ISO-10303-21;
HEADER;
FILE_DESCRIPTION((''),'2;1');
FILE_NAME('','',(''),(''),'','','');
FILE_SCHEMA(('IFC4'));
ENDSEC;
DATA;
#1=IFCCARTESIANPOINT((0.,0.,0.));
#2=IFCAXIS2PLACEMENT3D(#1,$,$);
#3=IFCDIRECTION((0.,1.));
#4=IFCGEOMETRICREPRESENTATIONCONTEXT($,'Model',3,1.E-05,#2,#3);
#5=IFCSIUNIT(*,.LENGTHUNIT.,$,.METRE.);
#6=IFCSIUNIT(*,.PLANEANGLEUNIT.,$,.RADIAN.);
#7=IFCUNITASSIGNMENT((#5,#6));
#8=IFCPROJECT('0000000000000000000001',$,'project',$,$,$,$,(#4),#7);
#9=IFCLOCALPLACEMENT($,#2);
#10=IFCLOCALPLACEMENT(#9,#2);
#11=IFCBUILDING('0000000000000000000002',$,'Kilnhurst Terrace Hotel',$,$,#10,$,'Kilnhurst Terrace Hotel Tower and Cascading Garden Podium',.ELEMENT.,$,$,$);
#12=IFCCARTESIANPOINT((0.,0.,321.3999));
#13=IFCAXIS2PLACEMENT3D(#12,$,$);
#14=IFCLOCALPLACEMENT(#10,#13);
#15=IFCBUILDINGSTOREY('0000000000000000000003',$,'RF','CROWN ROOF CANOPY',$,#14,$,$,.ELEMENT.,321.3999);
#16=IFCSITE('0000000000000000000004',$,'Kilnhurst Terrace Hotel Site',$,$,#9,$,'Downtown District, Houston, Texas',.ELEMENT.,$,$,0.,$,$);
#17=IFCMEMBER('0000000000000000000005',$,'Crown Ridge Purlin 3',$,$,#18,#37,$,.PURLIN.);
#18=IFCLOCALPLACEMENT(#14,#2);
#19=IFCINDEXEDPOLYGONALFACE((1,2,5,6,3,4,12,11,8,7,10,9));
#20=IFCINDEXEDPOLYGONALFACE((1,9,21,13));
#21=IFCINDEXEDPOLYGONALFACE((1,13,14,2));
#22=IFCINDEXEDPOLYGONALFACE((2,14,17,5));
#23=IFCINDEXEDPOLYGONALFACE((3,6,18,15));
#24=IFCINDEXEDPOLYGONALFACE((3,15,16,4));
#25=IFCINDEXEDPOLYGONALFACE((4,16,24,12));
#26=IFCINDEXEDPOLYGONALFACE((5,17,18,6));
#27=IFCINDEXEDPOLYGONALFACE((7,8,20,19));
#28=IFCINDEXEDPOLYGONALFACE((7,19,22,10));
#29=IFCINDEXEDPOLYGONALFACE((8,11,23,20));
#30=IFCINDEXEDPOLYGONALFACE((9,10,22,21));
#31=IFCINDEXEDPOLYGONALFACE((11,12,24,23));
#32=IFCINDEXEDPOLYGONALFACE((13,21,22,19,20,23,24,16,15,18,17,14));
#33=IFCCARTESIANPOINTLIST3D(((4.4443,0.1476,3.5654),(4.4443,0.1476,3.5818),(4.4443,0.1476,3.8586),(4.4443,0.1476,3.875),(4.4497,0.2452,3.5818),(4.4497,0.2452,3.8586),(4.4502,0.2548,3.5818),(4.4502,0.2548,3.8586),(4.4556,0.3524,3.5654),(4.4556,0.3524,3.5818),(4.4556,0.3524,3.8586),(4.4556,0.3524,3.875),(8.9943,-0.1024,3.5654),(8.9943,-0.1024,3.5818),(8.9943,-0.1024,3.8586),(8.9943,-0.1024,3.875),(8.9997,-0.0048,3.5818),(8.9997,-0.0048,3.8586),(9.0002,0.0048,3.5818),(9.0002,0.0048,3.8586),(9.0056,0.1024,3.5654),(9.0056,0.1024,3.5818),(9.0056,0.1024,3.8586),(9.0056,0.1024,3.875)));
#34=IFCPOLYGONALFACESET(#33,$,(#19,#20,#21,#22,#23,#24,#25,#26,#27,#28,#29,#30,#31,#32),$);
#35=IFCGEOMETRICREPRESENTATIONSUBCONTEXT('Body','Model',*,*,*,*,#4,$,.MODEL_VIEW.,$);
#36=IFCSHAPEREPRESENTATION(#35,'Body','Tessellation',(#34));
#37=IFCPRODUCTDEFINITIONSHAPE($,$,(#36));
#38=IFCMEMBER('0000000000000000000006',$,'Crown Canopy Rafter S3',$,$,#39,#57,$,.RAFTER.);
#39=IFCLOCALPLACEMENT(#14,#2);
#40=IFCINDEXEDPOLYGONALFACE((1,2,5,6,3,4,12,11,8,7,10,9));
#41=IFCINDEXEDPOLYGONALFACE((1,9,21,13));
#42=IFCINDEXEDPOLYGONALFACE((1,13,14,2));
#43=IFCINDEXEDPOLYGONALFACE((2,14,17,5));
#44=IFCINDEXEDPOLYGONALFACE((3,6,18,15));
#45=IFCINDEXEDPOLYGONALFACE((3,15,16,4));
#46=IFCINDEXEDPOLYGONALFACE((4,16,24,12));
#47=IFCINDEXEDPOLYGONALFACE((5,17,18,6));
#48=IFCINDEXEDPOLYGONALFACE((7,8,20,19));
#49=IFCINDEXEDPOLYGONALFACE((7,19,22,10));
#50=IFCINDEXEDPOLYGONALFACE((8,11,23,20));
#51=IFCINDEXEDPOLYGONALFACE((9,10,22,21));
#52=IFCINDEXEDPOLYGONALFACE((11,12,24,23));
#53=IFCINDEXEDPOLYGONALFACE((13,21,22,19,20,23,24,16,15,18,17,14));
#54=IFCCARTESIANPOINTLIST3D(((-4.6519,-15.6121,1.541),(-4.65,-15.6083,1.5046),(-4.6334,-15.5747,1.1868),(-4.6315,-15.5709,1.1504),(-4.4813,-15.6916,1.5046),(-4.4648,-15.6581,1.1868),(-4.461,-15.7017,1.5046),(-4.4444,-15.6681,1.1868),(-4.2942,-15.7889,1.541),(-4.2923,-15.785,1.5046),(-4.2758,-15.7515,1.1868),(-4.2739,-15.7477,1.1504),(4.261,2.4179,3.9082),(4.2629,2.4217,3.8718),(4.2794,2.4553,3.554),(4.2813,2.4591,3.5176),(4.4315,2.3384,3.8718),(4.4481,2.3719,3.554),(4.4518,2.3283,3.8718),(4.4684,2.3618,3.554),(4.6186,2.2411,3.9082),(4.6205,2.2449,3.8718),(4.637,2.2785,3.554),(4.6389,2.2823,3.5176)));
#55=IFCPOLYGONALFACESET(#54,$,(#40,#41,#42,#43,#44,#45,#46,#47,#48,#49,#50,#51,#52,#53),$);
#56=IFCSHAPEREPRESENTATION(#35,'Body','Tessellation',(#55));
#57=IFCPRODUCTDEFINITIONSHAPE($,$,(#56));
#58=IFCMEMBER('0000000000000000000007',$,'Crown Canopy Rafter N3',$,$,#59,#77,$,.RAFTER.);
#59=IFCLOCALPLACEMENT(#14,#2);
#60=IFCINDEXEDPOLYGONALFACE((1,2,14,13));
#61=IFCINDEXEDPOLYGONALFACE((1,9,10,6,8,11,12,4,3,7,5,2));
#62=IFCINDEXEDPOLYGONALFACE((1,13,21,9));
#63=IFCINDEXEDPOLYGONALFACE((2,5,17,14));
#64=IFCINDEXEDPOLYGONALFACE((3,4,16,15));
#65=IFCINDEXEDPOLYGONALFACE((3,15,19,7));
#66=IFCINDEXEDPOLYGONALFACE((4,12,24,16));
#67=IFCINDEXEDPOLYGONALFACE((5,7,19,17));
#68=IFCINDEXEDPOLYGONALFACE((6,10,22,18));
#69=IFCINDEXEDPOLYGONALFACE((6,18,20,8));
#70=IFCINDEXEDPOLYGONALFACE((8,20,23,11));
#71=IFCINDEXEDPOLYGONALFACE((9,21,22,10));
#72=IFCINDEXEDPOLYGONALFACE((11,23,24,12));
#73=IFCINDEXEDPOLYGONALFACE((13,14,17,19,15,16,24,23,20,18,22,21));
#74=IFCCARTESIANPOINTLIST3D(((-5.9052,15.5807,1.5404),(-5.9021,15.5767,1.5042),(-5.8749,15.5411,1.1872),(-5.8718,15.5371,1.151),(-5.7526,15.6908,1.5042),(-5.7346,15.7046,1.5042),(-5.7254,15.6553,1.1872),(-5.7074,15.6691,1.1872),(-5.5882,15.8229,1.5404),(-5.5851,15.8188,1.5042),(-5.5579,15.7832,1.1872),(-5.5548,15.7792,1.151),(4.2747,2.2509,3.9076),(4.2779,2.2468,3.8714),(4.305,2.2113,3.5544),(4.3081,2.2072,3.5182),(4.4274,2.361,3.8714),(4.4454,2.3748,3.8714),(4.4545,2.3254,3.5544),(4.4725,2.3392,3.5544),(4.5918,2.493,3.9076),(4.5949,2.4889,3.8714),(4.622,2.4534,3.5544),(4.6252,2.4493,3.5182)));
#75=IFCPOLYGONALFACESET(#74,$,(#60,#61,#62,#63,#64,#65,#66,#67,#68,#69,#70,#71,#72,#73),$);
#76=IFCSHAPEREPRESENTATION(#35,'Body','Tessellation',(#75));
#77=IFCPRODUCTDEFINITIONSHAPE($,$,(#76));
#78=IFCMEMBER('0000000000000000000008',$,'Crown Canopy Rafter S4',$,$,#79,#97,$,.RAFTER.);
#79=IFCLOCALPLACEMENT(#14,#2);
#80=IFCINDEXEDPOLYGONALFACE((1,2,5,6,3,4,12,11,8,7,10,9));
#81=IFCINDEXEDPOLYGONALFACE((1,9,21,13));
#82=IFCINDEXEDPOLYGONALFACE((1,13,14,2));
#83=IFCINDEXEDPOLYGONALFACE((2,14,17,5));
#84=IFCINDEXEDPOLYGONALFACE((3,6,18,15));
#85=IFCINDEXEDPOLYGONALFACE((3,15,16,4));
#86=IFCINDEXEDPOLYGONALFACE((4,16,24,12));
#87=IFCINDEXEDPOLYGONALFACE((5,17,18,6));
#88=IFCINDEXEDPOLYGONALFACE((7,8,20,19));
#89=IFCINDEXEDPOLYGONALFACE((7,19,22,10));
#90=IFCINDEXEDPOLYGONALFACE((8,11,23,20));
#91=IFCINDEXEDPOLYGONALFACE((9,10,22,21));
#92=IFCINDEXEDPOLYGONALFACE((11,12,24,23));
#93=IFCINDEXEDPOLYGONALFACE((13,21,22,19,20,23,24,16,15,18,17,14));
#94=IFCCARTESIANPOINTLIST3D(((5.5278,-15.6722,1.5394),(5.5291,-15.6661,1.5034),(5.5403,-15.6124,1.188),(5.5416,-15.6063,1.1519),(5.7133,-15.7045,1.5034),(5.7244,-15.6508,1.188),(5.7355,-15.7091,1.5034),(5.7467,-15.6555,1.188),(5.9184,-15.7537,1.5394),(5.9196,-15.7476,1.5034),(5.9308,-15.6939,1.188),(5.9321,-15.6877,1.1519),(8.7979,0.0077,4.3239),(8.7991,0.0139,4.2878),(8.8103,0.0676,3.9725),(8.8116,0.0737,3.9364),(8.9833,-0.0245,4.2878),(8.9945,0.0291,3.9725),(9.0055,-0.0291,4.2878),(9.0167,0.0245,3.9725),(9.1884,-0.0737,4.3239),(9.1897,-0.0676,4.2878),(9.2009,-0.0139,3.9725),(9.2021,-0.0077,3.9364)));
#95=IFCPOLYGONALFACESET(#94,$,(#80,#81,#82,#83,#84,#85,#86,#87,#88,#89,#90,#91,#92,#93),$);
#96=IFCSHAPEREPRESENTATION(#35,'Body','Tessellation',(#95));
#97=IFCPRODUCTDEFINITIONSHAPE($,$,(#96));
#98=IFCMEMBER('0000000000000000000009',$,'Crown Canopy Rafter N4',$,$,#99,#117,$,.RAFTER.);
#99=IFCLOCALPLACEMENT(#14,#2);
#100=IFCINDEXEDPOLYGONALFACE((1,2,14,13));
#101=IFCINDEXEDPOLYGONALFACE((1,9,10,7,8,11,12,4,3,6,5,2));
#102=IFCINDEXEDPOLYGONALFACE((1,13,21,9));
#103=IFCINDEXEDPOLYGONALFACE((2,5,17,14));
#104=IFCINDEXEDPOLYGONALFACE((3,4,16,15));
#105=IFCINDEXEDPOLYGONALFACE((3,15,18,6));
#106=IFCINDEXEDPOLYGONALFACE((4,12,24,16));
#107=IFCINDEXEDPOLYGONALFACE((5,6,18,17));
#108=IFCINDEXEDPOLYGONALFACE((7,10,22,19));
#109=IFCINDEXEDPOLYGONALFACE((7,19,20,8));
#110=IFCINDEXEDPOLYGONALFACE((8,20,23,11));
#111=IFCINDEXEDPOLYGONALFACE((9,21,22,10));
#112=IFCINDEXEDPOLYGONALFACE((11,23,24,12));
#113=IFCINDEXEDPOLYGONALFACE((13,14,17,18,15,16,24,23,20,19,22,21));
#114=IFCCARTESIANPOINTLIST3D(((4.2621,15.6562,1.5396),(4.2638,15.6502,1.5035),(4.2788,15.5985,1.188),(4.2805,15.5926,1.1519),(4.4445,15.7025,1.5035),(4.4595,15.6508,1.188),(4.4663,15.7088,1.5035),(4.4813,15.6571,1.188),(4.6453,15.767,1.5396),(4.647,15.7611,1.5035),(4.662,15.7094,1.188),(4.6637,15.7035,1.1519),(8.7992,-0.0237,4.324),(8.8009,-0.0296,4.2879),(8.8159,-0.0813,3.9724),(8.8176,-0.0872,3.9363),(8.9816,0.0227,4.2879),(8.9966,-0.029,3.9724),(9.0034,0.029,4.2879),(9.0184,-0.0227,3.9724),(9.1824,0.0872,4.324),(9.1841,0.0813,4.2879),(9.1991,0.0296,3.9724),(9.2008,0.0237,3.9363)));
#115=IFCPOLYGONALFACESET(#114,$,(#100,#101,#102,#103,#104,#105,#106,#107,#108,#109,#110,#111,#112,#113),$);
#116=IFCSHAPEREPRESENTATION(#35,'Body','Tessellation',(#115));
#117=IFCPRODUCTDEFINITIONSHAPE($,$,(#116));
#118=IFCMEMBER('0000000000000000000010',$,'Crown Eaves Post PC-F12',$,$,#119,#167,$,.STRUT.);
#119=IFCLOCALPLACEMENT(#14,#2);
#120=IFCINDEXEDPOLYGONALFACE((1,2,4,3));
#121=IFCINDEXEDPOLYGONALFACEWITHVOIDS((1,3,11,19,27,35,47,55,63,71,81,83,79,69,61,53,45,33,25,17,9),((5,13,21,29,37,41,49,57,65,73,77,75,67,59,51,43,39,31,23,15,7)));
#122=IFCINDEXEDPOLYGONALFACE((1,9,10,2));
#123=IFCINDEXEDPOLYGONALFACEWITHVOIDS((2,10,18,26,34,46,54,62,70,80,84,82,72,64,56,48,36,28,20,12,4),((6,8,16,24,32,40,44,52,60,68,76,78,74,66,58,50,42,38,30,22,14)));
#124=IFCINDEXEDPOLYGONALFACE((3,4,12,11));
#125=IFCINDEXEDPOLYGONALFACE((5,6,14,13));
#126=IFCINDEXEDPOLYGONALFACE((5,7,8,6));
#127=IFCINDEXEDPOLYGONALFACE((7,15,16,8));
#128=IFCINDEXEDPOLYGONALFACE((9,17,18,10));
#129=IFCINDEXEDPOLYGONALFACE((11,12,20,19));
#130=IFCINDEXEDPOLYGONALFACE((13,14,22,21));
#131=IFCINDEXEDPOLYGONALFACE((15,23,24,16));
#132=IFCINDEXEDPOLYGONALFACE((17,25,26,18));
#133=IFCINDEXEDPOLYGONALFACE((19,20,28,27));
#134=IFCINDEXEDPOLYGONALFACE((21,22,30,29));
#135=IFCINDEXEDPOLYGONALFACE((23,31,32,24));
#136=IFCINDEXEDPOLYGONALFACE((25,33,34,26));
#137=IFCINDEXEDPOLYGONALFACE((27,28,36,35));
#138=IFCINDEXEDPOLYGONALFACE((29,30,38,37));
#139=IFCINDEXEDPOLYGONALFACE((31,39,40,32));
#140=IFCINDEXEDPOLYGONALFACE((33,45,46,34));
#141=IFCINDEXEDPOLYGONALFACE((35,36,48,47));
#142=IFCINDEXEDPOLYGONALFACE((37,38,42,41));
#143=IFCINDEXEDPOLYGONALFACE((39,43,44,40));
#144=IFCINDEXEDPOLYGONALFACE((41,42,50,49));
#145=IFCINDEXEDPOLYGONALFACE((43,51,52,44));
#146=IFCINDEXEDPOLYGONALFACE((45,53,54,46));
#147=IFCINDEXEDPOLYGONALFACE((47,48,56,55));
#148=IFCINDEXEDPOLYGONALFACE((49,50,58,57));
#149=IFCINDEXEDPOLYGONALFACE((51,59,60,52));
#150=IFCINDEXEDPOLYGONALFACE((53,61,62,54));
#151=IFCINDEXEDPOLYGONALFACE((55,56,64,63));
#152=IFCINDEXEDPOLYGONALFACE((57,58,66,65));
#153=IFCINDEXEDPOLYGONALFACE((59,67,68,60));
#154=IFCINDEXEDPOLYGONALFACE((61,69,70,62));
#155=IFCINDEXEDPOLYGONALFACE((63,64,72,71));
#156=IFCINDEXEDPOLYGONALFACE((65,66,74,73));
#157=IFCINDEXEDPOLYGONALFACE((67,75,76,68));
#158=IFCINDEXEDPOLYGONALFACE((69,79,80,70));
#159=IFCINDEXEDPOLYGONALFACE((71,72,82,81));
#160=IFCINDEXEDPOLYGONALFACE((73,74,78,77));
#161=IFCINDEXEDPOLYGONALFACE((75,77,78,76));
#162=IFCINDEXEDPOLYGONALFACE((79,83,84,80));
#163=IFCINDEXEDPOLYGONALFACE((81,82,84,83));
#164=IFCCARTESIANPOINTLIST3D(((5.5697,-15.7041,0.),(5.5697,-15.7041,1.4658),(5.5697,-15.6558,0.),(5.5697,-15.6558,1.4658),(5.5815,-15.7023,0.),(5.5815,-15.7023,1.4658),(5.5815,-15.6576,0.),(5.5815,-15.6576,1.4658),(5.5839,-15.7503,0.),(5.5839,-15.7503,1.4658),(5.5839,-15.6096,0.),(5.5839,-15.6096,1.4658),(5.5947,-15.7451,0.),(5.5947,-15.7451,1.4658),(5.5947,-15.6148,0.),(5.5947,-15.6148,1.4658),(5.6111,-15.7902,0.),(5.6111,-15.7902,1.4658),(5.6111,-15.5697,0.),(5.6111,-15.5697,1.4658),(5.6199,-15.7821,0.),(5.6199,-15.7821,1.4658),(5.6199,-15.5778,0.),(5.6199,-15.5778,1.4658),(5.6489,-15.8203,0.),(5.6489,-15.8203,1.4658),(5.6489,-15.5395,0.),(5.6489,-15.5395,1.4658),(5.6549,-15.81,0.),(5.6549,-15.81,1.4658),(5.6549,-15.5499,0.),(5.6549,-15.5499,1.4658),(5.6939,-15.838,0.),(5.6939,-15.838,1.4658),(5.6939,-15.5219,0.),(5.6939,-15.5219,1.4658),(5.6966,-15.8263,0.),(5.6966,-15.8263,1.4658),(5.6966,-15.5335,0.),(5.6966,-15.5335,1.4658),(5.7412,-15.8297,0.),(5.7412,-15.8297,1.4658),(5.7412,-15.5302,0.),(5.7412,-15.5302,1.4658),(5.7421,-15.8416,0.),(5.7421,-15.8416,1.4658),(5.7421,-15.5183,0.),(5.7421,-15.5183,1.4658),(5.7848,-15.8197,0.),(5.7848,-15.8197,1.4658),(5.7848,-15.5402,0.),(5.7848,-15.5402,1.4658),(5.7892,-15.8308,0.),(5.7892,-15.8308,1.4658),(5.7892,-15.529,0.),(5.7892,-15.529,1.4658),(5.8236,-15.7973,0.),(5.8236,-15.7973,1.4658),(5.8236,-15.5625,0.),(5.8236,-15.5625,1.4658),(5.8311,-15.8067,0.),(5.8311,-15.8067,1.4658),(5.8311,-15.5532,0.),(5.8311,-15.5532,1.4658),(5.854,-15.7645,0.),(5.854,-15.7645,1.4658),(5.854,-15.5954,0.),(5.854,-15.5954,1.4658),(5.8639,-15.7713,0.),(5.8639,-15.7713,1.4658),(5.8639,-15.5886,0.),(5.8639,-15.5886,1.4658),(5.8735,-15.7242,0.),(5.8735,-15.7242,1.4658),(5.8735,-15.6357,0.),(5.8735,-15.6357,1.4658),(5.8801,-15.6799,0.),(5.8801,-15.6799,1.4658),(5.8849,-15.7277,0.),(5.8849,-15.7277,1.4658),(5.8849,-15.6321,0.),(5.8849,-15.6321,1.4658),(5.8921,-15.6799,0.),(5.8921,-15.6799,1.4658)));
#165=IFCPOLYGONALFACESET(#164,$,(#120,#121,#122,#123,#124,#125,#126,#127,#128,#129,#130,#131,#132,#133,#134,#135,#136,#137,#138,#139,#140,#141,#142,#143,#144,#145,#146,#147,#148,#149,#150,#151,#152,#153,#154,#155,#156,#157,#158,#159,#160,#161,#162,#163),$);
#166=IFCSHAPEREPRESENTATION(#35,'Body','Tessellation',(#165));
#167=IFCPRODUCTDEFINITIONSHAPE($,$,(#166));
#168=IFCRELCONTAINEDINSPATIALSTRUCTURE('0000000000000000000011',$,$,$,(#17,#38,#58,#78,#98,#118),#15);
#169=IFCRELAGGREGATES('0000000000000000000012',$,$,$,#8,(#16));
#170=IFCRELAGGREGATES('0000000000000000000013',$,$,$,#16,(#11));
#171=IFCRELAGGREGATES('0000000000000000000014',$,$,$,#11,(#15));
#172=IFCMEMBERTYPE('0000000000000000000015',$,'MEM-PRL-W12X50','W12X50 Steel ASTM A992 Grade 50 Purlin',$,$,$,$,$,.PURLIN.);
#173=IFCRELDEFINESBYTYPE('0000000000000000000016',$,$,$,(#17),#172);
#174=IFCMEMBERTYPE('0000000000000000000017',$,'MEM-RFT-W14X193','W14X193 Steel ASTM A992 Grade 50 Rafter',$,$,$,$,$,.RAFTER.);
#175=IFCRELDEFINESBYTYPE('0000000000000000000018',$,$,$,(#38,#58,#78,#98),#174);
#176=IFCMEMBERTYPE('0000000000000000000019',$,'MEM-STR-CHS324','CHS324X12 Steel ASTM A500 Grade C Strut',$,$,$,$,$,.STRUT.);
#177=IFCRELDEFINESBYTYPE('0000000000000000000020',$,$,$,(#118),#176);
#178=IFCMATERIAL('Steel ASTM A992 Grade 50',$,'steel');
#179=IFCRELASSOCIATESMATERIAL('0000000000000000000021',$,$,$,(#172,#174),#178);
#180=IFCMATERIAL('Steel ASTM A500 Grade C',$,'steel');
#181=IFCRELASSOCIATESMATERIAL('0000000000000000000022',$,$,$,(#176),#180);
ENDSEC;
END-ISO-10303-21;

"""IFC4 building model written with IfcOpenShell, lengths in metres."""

from ifc_helpers import new_model, si_unit, direction, frame, origin, origin_2d, place, context, subcontext, project, spatial, hollow_circle, i_section, extrude, material, material_profile, profile_set, type_object, element, save


model = new_model("IFC4")

# Units and contexts
model_context = context("Model", 3, precision=1e-05, world=origin(), true_north=direction((0.0, 1.0)))
body_context = subcontext(model_context, "Body", "Model", "MODEL_VIEW")
ifc_project = project(units=[si_unit("LENGTHUNIT", "METRE"), si_unit("PLANEANGLEUNIT", "RADIAN")], contexts=[model_context])

# Site, building, storey
site_placement = place(None, origin())
site = spatial("IfcSite", under=ifc_project, at=site_placement, Name="Kilnhurst Terrace Hotel Site", LongName="Downtown District, Houston, Texas", CompositionType="ELEMENT", RefElevation=0.0)
building_placement = place(site_placement, origin())
building = spatial("IfcBuilding", under=site, at=building_placement, Name="Kilnhurst Terrace Hotel", LongName="Kilnhurst Terrace Hotel Tower and Cascading Garden Podium", CompositionType="ELEMENT")
storey_placement = place(building_placement, frame((0.0, 0.0, 321.3999)))
storey = spatial("IfcBuildingStorey", under=building, at=storey_placement, Name="RF", Description="CROWN ROOF CANOPY", CompositionType="ELEMENT", Elevation=321.3999)

# Members
ifc_material_1 = material(Name="Steel ASTM A992 Grade 50", Category="steel")
ifc_material_profile_1 = material_profile(ifc_material_1, i_section(OverallWidth=0.2051, OverallDepth=0.3096, WebThickness=0.0095, FlangeThickness=0.0164, at=origin_2d()), Name="W12X50")
ifc_profile_set_1 = profile_set([ifc_material_profile_1], Name="Steel ASTM A992 Grade 50")
member_type_1 = type_object("IfcMemberType", Name="MEM-PRL-W12X50", Description="W12X50 Steel ASTM A992 Grade 50 Purlin", PredefinedType="PURLIN", material=ifc_profile_set_1)
member_1_placement = place(storey_placement, frame((4.45, 0.25, 3.7202), z_axis=(0.998494, -0.054862, 0.0), x_axis=(0.054862, 0.998494, 0.0)))
element("IfcMember", 1, at=member_1_placement, inside=storey, type_object=member_type_1, Name="Crown Ridge Purlin 3", PredefinedType="PURLIN", context=body_context, shape_type="SweptSolid", body=[
    extrude(i_section(OverallWidth=0.2051, OverallDepth=0.3096, WebThickness=0.0095, FlangeThickness=0.0164, at=origin_2d()), origin(), (0.0, 0.0, 1.0), 4.5569),
])
ifc_material_profile_2 = material_profile(ifc_material_1, i_section(OverallWidth=0.3989, OverallDepth=0.3933, WebThickness=0.0227, FlangeThickness=0.0366, at=origin_2d()), Name="W14X193")
ifc_profile_set_2 = profile_set([ifc_material_profile_2], Name="Steel ASTM A992 Grade 50")
member_type_2 = type_object("IfcMemberType", Name="MEM-RFT-W14X193", Description="W14X193 Steel ASTM A992 Grade 50 Rafter", PredefinedType="RAFTER", material=ifc_profile_set_2)
member_2_placement = place(storey_placement, frame((4.45, 2.3501, 3.7129), z_axis=(-0.440107, -0.890305, -0.116889), x_axis=(0.89645, -0.443145, 0.0)))
element("IfcMember", 2, at=member_2_placement, inside=storey, type_object=member_type_2, Name="Crown Canopy Rafter S3", PredefinedType="RAFTER", context=body_context, shape_type="SweptSolid", body=[
    extrude(i_section(OverallWidth=0.3989, OverallDepth=0.3933, WebThickness=0.0227, FlangeThickness=0.0366, at=origin_2d()), origin(), (0.0, 0.0, 1.0), 20.2515),
])
member_3_placement = place(storey_placement, frame((4.45, 2.3501, 3.7129), z_axis=(-0.600987, 0.786946, -0.13975), x_axis=(-0.794745, -0.606943, 0.0)))
element("IfcMember", 3, at=member_3_placement, inside=storey, type_object=member_type_2, Name="Crown Canopy Rafter N3", PredefinedType="RAFTER", context=body_context, shape_type="SweptSolid", body=[
    extrude(i_section(OverallWidth=0.3989, OverallDepth=0.3933, WebThickness=0.0227, FlangeThickness=0.0366, at=origin_2d()), origin(), (0.0, 0.0, 1.0), 16.9387),
])
member_4_placement = place(storey_placement, frame((9.0, 0.0, 4.1301), z_axis=(-0.201139, -0.964474, -0.17127), x_axis=(0.978938, -0.204156, 0.0)))
element("IfcMember", 4, at=member_4_placement, inside=storey, type_object=member_type_2, Name="Crown Canopy Rafter S4", PredefinedType="RAFTER", context=body_context, shape_type="SweptSolid", body=[
    extrude(i_section(OverallWidth=0.3989, OverallDepth=0.3933, WebThickness=0.0227, FlangeThickness=0.0366, at=origin_2d()), origin(), (0.0, 0.0, 1.0), 16.2576),
])
member_5_placement = place(storey_placement, frame((9.0, 0.0, 4.1301), z_axis=(-0.273998, 0.946916, -0.168152), x_axis=(-0.960594, -0.277955, 0.0)))
element("IfcMember", 5, at=member_5_placement, inside=storey, type_object=member_type_2, Name="Crown Canopy Rafter N4", PredefinedType="RAFTER", context=body_context, shape_type="SweptSolid", body=[
    extrude(i_section(OverallWidth=0.3989, OverallDepth=0.3933, WebThickness=0.0227, FlangeThickness=0.0366, at=origin_2d()), origin(), (0.0, 0.0, 1.0), 16.5588),
])
ifc_material_2 = material(Name="Steel ASTM A500 Grade C", Category="steel")
ifc_material_profile_3 = material_profile(ifc_material_2, hollow_circle(Radius=0.1621, WallThickness=0.012, at=origin_2d()), Name="CHS324X12")
ifc_profile_set_3 = profile_set([ifc_material_profile_3], Name="Steel ASTM A500 Grade C")
member_type_3 = type_object("IfcMemberType", Name="MEM-STR-CHS324", Description="CHS324X12 Steel ASTM A500 Grade C Strut", PredefinedType="STRUT", material=ifc_profile_set_3)
for number, where, z_axis, x_axis, name in (
    (6, (5.73, -15.6799, 0.0), (0.0, 0.0, 1.0), (1.0, 0.0, 0.0), "Crown Eaves Post PC-F12"),
):
    element("IfcMember", number, at=place(storey_placement, frame(where, z_axis=z_axis, x_axis=x_axis)), inside=storey, type_object=member_type_3, Name=name, PredefinedType="STRUT", context=body_context, shape_type="SweptSolid", body=[
        extrude(hollow_circle(Radius=0.1621, WallThickness=0.012, at=origin_2d()), origin(), (0.0, 0.0, 1.0), 1.4658),
    ])

save(model, "model.ifc")
